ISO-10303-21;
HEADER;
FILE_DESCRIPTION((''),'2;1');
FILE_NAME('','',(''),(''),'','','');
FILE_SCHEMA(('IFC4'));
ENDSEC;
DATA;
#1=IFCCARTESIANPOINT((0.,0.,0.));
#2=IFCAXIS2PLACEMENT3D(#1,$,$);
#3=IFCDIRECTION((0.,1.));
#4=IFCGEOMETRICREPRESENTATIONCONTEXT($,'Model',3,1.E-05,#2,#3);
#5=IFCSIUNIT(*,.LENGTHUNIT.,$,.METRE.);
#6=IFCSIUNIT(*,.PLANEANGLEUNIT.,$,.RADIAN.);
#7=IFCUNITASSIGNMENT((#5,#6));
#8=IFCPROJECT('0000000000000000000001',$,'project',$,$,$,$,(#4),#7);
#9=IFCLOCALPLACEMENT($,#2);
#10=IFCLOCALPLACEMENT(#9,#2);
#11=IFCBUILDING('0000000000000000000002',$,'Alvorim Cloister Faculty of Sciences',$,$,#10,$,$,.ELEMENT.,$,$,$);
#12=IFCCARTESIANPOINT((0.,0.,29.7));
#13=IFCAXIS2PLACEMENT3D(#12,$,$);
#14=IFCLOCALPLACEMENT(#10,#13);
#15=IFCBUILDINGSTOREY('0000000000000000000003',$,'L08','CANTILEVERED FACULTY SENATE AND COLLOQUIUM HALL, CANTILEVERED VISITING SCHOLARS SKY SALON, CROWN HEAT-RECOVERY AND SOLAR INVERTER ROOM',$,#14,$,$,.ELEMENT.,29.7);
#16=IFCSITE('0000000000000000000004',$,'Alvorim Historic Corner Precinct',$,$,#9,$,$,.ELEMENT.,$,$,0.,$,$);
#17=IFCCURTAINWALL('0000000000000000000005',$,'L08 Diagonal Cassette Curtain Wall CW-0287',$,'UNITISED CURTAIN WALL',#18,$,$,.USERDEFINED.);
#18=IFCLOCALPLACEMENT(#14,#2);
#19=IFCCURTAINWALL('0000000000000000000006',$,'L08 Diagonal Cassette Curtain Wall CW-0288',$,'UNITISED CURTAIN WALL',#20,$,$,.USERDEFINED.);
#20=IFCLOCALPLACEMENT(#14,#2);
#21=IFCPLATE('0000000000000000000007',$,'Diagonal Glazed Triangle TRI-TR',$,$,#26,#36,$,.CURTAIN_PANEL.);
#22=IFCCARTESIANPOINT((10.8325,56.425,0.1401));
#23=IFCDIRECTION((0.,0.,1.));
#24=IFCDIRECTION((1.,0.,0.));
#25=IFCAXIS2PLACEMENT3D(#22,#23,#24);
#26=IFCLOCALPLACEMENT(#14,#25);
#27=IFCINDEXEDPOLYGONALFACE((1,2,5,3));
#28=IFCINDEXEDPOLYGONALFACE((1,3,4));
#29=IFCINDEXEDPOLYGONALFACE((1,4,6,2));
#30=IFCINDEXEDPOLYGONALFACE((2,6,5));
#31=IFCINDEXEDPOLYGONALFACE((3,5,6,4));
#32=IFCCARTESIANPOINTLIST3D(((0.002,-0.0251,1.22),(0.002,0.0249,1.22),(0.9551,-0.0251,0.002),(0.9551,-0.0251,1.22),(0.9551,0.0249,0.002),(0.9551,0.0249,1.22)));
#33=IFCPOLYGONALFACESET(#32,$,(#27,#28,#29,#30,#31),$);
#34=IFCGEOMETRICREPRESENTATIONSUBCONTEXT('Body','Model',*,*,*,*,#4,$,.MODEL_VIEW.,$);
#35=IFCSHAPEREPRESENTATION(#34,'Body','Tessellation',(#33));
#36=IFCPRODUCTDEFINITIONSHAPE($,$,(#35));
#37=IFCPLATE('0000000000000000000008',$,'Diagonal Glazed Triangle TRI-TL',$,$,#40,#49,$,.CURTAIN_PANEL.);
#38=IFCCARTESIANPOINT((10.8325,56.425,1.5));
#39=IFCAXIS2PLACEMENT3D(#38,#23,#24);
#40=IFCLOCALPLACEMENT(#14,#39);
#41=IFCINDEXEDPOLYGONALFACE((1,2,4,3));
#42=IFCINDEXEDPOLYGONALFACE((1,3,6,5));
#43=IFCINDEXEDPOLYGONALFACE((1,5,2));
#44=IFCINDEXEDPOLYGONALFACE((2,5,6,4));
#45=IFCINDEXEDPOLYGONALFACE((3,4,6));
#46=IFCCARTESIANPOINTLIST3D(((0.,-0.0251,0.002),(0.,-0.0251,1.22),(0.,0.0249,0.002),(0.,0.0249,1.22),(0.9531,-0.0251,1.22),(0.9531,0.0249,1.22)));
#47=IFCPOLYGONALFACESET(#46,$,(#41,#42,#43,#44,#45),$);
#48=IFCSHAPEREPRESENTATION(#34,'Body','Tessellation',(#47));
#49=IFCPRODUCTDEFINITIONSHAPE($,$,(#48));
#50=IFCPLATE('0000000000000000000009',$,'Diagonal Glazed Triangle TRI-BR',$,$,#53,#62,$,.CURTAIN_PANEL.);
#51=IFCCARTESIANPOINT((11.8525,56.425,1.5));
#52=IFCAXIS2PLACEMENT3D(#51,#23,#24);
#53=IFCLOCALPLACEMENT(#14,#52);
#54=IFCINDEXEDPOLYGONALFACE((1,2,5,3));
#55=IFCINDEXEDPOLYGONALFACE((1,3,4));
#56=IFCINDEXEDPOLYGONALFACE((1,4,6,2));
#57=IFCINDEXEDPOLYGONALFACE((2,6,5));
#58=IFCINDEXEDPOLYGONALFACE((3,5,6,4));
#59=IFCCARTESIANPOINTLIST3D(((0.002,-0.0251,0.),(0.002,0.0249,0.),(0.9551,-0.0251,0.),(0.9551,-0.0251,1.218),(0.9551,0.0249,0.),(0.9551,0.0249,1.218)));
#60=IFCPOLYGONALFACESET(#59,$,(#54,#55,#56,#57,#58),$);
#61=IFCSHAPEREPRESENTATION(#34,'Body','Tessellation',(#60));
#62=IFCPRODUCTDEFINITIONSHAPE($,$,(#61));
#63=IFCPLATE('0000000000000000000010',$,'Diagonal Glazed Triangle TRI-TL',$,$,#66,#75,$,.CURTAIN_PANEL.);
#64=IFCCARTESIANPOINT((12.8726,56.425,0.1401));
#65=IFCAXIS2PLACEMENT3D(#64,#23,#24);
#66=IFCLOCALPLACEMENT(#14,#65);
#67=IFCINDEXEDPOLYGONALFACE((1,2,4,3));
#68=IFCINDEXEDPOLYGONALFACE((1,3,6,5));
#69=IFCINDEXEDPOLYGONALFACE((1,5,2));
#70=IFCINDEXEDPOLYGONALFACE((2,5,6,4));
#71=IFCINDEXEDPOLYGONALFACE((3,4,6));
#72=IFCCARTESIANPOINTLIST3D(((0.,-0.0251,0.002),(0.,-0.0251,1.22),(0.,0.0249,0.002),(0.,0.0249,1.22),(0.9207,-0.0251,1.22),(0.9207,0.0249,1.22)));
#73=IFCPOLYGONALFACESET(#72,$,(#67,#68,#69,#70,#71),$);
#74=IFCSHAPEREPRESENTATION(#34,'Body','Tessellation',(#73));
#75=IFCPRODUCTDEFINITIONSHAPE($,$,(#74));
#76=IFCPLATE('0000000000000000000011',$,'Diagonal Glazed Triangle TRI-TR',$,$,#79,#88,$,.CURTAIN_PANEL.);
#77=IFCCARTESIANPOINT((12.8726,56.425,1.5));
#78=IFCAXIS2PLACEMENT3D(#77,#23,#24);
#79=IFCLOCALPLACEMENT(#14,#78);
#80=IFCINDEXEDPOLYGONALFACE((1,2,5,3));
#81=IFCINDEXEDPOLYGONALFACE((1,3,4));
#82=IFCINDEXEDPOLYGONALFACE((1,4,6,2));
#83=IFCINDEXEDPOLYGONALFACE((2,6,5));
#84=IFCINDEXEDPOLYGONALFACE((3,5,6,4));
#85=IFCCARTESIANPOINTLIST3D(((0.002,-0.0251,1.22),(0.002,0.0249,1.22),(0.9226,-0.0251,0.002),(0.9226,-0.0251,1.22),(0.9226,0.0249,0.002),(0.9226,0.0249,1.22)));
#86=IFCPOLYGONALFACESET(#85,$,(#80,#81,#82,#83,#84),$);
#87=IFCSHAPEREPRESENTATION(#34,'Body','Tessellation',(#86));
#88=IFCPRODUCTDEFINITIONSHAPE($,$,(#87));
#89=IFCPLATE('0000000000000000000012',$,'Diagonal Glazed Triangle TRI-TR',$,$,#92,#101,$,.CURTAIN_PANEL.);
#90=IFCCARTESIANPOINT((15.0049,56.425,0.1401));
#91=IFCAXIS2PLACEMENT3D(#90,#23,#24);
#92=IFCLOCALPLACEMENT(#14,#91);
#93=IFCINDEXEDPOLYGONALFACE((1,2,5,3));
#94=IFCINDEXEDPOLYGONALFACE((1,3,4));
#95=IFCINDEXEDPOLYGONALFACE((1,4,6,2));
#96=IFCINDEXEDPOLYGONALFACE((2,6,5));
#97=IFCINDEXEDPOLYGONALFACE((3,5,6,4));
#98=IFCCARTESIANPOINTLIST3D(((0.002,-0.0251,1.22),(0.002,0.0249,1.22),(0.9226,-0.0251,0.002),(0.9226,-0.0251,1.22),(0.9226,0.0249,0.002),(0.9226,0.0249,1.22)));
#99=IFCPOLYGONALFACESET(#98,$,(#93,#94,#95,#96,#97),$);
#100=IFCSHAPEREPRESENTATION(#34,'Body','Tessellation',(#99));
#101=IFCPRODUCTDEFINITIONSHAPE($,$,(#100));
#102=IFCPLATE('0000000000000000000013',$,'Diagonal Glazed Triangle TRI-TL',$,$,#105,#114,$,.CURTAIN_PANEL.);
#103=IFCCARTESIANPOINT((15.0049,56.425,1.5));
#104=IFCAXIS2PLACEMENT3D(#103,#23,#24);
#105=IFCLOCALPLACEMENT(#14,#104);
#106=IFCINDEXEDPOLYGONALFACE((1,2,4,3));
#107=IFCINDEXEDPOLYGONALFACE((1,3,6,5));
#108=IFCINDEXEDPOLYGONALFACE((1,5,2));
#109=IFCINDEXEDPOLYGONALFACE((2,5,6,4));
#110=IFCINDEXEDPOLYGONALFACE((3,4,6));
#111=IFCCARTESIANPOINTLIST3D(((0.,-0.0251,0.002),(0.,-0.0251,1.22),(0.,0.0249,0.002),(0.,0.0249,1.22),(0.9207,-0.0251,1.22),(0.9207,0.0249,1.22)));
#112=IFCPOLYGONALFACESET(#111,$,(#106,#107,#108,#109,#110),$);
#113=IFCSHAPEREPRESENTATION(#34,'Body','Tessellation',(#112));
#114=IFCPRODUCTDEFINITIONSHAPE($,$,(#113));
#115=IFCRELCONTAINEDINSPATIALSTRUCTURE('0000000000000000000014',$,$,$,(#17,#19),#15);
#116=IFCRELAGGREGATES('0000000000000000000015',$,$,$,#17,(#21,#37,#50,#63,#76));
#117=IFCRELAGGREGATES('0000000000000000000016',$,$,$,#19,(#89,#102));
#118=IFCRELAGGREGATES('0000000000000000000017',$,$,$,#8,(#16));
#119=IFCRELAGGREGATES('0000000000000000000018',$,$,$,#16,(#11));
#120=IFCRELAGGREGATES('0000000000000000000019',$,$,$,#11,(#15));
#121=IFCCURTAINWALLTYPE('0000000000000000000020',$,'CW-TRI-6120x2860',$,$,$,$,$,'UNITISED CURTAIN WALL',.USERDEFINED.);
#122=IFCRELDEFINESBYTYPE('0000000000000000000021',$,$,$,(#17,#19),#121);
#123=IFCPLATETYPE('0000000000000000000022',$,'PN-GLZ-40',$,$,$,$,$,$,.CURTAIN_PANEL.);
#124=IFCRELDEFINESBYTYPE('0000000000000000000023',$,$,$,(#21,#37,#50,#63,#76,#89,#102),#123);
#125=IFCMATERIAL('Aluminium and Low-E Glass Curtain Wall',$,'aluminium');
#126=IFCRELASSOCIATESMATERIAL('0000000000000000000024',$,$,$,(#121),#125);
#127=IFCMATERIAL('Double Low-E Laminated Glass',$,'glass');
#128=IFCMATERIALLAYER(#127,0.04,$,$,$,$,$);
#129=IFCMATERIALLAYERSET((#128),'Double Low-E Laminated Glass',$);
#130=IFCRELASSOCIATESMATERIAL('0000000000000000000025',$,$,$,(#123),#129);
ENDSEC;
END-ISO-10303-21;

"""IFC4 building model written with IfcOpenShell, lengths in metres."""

from ifc_helpers import new_model, si_unit, direction, frame, origin, place, context, subcontext, project, spatial, polyline, outline, extrude, material, layer, layer_set, type_object, element, aggregate, save


model = new_model("IFC4")

# Units and contexts
model_context = context("Model", 3, precision=1e-05, world=origin(), true_north=direction((0.0, 1.0)))
body_context = subcontext(model_context, "Body", "Model", "MODEL_VIEW")
ifc_project = project(units=[si_unit("LENGTHUNIT", "METRE"), si_unit("PLANEANGLEUNIT", "RADIAN")], contexts=[model_context])

# Site, building, storey
site_placement = place(None, origin())
site = spatial("IfcSite", under=ifc_project, at=site_placement, Name="Alvorim Historic Corner Precinct", CompositionType="ELEMENT", RefElevation=0.0)
building_placement = place(site_placement, origin())
building = spatial("IfcBuilding", under=site, at=building_placement, Name="Alvorim Cloister Faculty of Sciences", CompositionType="ELEMENT")
storey_placement = place(building_placement, frame((0.0, 0.0, 29.7)))
storey = spatial("IfcBuildingStorey", under=building, at=storey_placement, Name="L08", Description="CANTILEVERED FACULTY SENATE AND COLLOQUIUM HALL, CANTILEVERED VISITING SCHOLARS SKY SALON, CROWN HEAT-RECOVERY AND SOLAR INVERTER ROOM", CompositionType="ELEMENT", Elevation=29.7)

# Curtain wall
ifc_material_1 = material(Name="Aluminium and Low-E Glass Curtain Wall", Category="aluminium")
curtain_wall_type = type_object("IfcCurtainWallType", Name="CW-TRI-6120x2860", ElementType="UNITISED CURTAIN WALL", PredefinedType="USERDEFINED", material=ifc_material_1)
curtain_wall_1_placement = place(storey_placement, origin())
curtain_wall_1 = element("IfcCurtainWall", 1, at=curtain_wall_1_placement, inside=storey, type_object=curtain_wall_type, Name="L08 Diagonal Cassette Curtain Wall CW-0287", ObjectType="UNITISED CURTAIN WALL", PredefinedType="USERDEFINED")

# Curtain wall
curtain_wall_2_placement = place(storey_placement, origin())
curtain_wall_2 = element("IfcCurtainWall", 2, at=curtain_wall_2_placement, inside=storey, type_object=curtain_wall_type, Name="L08 Diagonal Cassette Curtain Wall CW-0288", ObjectType="UNITISED CURTAIN WALL", PredefinedType="USERDEFINED")

# Plates
ifc_material_2 = material(Name="Double Low-E Laminated Glass", Category="glass")
ifc_layer_1 = layer(ifc_material_2, 0.04)
ifc_layer_set_1 = layer_set([ifc_layer_1], Name="Double Low-E Laminated Glass")
plate_type = type_object("IfcPlateType", Name="PN-GLZ-40", PredefinedType="CURTAIN_PANEL", material=ifc_layer_set_1)
plate_1_placement = place(storey_placement, frame((10.8325, 56.425, 0.1401), z_axis=(0.0, 0.0, 1.0), x_axis=(1.0, 0.0, 0.0)))
plate_1 = element("IfcPlate", 3, at=plate_1_placement, type_object=plate_type, Name="Diagonal Glazed Triangle TRI-TR", PredefinedType="CURTAIN_PANEL", context=body_context, shape_type="SweptSolid", body=[
    extrude(outline(polyline([(0.9551, 0.002), (0.9551, 1.22), (0.002, 1.22), (0.9551, 0.002)])), frame((0.0, 0.0249, 0.0), z_axis=(0.0, -1.0, 0.0), x_axis=(1.0, 0.0, 0.0)), (0.0, 0.0, 1.0), 0.05),
])
plate_2_placement = place(storey_placement, frame((10.8325, 56.425, 1.5), z_axis=(0.0, 0.0, 1.0), x_axis=(1.0, 0.0, 0.0)))
plate_2 = element("IfcPlate", 4, at=plate_2_placement, type_object=plate_type, Name="Diagonal Glazed Triangle TRI-TL", PredefinedType="CURTAIN_PANEL", context=body_context, shape_type="SweptSolid", body=[
    extrude(outline(polyline([(0.9531, 1.22), (0.0, 1.22), (0.0, 0.002), (0.9531, 1.22)])), frame((0.0, 0.0249, 0.0), z_axis=(0.0, -1.0, 0.0), x_axis=(1.0, 0.0, 0.0)), (0.0, 0.0, 1.0), 0.05),
])
plate_3_placement = place(storey_placement, frame((11.8525, 56.425, 1.5), z_axis=(0.0, 0.0, 1.0), x_axis=(1.0, 0.0, 0.0)))
plate_3 = element("IfcPlate", 5, at=plate_3_placement, type_object=plate_type, Name="Diagonal Glazed Triangle TRI-BR", PredefinedType="CURTAIN_PANEL", context=body_context, shape_type="SweptSolid", body=[
    extrude(outline(polyline([(0.002, 0.0), (0.9551, 0.0), (0.9551, 1.218), (0.002, 0.0)])), frame((0.0, 0.0249, 0.0), z_axis=(0.0, -1.0, 0.0), x_axis=(1.0, 0.0, 0.0)), (0.0, 0.0, 1.0), 0.05),
])
plate_4_placement = place(storey_placement, frame((12.8726, 56.425, 0.1401), z_axis=(0.0, 0.0, 1.0), x_axis=(1.0, 0.0, 0.0)))
plate_4 = element("IfcPlate", 6, at=plate_4_placement, type_object=plate_type, Name="Diagonal Glazed Triangle TRI-TL", PredefinedType="CURTAIN_PANEL", context=body_context, shape_type="SweptSolid", body=[
    extrude(outline(polyline([(0.9207, 1.22), (0.0, 1.22), (0.0, 0.002), (0.9207, 1.22)])), frame((0.0, 0.0249, 0.0), z_axis=(0.0, -1.0, 0.0), x_axis=(1.0, 0.0, 0.0)), (0.0, 0.0, 1.0), 0.05),
])
plate_5_placement = place(storey_placement, frame((12.8726, 56.425, 1.5), z_axis=(0.0, 0.0, 1.0), x_axis=(1.0, 0.0, 0.0)))
plate_5 = element("IfcPlate", 7, at=plate_5_placement, type_object=plate_type, Name="Diagonal Glazed Triangle TRI-TR", PredefinedType="CURTAIN_PANEL", context=body_context, shape_type="SweptSolid", body=[
    extrude(outline(polyline([(0.9226, 0.002), (0.9226, 1.22), (0.002, 1.22), (0.9226, 0.002)])), frame((0.0, 0.0249, 0.0), z_axis=(0.0, -1.0, 0.0), x_axis=(1.0, 0.0, 0.0)), (0.0, 0.0, 1.0), 0.05),
])
aggregate(curtain_wall_1, [plate_1, plate_2, plate_3, plate_4, plate_5])
plate_6_placement = place(storey_placement, frame((15.0049, 56.425, 0.1401), z_axis=(0.0, 0.0, 1.0), x_axis=(1.0, 0.0, 0.0)))
plate_6 = element("IfcPlate", 8, at=plate_6_placement, type_object=plate_type, Name="Diagonal Glazed Triangle TRI-TR", PredefinedType="CURTAIN_PANEL", context=body_context, shape_type="SweptSolid", body=[
    extrude(outline(polyline([(0.9226, 0.002), (0.9226, 1.22), (0.002, 1.22), (0.9226, 0.002)])), frame((0.0, 0.0249, 0.0), z_axis=(0.0, -1.0, 0.0), x_axis=(1.0, 0.0, 0.0)), (0.0, 0.0, 1.0), 0.05),
])
plate_7_placement = place(storey_placement, frame((15.0049, 56.425, 1.5), z_axis=(0.0, 0.0, 1.0), x_axis=(1.0, 0.0, 0.0)))
plate_7 = element("IfcPlate", 9, at=plate_7_placement, type_object=plate_type, Name="Diagonal Glazed Triangle TRI-TL", PredefinedType="CURTAIN_PANEL", context=body_context, shape_type="SweptSolid", body=[
    extrude(outline(polyline([(0.9207, 1.22), (0.0, 1.22), (0.0, 0.002), (0.9207, 1.22)])), frame((0.0, 0.0249, 0.0), z_axis=(0.0, -1.0, 0.0), x_axis=(1.0, 0.0, 0.0)), (0.0, 0.0, 1.0), 0.05),
])
aggregate(curtain_wall_2, [plate_6, plate_7])

save(model, "model.ifc")
